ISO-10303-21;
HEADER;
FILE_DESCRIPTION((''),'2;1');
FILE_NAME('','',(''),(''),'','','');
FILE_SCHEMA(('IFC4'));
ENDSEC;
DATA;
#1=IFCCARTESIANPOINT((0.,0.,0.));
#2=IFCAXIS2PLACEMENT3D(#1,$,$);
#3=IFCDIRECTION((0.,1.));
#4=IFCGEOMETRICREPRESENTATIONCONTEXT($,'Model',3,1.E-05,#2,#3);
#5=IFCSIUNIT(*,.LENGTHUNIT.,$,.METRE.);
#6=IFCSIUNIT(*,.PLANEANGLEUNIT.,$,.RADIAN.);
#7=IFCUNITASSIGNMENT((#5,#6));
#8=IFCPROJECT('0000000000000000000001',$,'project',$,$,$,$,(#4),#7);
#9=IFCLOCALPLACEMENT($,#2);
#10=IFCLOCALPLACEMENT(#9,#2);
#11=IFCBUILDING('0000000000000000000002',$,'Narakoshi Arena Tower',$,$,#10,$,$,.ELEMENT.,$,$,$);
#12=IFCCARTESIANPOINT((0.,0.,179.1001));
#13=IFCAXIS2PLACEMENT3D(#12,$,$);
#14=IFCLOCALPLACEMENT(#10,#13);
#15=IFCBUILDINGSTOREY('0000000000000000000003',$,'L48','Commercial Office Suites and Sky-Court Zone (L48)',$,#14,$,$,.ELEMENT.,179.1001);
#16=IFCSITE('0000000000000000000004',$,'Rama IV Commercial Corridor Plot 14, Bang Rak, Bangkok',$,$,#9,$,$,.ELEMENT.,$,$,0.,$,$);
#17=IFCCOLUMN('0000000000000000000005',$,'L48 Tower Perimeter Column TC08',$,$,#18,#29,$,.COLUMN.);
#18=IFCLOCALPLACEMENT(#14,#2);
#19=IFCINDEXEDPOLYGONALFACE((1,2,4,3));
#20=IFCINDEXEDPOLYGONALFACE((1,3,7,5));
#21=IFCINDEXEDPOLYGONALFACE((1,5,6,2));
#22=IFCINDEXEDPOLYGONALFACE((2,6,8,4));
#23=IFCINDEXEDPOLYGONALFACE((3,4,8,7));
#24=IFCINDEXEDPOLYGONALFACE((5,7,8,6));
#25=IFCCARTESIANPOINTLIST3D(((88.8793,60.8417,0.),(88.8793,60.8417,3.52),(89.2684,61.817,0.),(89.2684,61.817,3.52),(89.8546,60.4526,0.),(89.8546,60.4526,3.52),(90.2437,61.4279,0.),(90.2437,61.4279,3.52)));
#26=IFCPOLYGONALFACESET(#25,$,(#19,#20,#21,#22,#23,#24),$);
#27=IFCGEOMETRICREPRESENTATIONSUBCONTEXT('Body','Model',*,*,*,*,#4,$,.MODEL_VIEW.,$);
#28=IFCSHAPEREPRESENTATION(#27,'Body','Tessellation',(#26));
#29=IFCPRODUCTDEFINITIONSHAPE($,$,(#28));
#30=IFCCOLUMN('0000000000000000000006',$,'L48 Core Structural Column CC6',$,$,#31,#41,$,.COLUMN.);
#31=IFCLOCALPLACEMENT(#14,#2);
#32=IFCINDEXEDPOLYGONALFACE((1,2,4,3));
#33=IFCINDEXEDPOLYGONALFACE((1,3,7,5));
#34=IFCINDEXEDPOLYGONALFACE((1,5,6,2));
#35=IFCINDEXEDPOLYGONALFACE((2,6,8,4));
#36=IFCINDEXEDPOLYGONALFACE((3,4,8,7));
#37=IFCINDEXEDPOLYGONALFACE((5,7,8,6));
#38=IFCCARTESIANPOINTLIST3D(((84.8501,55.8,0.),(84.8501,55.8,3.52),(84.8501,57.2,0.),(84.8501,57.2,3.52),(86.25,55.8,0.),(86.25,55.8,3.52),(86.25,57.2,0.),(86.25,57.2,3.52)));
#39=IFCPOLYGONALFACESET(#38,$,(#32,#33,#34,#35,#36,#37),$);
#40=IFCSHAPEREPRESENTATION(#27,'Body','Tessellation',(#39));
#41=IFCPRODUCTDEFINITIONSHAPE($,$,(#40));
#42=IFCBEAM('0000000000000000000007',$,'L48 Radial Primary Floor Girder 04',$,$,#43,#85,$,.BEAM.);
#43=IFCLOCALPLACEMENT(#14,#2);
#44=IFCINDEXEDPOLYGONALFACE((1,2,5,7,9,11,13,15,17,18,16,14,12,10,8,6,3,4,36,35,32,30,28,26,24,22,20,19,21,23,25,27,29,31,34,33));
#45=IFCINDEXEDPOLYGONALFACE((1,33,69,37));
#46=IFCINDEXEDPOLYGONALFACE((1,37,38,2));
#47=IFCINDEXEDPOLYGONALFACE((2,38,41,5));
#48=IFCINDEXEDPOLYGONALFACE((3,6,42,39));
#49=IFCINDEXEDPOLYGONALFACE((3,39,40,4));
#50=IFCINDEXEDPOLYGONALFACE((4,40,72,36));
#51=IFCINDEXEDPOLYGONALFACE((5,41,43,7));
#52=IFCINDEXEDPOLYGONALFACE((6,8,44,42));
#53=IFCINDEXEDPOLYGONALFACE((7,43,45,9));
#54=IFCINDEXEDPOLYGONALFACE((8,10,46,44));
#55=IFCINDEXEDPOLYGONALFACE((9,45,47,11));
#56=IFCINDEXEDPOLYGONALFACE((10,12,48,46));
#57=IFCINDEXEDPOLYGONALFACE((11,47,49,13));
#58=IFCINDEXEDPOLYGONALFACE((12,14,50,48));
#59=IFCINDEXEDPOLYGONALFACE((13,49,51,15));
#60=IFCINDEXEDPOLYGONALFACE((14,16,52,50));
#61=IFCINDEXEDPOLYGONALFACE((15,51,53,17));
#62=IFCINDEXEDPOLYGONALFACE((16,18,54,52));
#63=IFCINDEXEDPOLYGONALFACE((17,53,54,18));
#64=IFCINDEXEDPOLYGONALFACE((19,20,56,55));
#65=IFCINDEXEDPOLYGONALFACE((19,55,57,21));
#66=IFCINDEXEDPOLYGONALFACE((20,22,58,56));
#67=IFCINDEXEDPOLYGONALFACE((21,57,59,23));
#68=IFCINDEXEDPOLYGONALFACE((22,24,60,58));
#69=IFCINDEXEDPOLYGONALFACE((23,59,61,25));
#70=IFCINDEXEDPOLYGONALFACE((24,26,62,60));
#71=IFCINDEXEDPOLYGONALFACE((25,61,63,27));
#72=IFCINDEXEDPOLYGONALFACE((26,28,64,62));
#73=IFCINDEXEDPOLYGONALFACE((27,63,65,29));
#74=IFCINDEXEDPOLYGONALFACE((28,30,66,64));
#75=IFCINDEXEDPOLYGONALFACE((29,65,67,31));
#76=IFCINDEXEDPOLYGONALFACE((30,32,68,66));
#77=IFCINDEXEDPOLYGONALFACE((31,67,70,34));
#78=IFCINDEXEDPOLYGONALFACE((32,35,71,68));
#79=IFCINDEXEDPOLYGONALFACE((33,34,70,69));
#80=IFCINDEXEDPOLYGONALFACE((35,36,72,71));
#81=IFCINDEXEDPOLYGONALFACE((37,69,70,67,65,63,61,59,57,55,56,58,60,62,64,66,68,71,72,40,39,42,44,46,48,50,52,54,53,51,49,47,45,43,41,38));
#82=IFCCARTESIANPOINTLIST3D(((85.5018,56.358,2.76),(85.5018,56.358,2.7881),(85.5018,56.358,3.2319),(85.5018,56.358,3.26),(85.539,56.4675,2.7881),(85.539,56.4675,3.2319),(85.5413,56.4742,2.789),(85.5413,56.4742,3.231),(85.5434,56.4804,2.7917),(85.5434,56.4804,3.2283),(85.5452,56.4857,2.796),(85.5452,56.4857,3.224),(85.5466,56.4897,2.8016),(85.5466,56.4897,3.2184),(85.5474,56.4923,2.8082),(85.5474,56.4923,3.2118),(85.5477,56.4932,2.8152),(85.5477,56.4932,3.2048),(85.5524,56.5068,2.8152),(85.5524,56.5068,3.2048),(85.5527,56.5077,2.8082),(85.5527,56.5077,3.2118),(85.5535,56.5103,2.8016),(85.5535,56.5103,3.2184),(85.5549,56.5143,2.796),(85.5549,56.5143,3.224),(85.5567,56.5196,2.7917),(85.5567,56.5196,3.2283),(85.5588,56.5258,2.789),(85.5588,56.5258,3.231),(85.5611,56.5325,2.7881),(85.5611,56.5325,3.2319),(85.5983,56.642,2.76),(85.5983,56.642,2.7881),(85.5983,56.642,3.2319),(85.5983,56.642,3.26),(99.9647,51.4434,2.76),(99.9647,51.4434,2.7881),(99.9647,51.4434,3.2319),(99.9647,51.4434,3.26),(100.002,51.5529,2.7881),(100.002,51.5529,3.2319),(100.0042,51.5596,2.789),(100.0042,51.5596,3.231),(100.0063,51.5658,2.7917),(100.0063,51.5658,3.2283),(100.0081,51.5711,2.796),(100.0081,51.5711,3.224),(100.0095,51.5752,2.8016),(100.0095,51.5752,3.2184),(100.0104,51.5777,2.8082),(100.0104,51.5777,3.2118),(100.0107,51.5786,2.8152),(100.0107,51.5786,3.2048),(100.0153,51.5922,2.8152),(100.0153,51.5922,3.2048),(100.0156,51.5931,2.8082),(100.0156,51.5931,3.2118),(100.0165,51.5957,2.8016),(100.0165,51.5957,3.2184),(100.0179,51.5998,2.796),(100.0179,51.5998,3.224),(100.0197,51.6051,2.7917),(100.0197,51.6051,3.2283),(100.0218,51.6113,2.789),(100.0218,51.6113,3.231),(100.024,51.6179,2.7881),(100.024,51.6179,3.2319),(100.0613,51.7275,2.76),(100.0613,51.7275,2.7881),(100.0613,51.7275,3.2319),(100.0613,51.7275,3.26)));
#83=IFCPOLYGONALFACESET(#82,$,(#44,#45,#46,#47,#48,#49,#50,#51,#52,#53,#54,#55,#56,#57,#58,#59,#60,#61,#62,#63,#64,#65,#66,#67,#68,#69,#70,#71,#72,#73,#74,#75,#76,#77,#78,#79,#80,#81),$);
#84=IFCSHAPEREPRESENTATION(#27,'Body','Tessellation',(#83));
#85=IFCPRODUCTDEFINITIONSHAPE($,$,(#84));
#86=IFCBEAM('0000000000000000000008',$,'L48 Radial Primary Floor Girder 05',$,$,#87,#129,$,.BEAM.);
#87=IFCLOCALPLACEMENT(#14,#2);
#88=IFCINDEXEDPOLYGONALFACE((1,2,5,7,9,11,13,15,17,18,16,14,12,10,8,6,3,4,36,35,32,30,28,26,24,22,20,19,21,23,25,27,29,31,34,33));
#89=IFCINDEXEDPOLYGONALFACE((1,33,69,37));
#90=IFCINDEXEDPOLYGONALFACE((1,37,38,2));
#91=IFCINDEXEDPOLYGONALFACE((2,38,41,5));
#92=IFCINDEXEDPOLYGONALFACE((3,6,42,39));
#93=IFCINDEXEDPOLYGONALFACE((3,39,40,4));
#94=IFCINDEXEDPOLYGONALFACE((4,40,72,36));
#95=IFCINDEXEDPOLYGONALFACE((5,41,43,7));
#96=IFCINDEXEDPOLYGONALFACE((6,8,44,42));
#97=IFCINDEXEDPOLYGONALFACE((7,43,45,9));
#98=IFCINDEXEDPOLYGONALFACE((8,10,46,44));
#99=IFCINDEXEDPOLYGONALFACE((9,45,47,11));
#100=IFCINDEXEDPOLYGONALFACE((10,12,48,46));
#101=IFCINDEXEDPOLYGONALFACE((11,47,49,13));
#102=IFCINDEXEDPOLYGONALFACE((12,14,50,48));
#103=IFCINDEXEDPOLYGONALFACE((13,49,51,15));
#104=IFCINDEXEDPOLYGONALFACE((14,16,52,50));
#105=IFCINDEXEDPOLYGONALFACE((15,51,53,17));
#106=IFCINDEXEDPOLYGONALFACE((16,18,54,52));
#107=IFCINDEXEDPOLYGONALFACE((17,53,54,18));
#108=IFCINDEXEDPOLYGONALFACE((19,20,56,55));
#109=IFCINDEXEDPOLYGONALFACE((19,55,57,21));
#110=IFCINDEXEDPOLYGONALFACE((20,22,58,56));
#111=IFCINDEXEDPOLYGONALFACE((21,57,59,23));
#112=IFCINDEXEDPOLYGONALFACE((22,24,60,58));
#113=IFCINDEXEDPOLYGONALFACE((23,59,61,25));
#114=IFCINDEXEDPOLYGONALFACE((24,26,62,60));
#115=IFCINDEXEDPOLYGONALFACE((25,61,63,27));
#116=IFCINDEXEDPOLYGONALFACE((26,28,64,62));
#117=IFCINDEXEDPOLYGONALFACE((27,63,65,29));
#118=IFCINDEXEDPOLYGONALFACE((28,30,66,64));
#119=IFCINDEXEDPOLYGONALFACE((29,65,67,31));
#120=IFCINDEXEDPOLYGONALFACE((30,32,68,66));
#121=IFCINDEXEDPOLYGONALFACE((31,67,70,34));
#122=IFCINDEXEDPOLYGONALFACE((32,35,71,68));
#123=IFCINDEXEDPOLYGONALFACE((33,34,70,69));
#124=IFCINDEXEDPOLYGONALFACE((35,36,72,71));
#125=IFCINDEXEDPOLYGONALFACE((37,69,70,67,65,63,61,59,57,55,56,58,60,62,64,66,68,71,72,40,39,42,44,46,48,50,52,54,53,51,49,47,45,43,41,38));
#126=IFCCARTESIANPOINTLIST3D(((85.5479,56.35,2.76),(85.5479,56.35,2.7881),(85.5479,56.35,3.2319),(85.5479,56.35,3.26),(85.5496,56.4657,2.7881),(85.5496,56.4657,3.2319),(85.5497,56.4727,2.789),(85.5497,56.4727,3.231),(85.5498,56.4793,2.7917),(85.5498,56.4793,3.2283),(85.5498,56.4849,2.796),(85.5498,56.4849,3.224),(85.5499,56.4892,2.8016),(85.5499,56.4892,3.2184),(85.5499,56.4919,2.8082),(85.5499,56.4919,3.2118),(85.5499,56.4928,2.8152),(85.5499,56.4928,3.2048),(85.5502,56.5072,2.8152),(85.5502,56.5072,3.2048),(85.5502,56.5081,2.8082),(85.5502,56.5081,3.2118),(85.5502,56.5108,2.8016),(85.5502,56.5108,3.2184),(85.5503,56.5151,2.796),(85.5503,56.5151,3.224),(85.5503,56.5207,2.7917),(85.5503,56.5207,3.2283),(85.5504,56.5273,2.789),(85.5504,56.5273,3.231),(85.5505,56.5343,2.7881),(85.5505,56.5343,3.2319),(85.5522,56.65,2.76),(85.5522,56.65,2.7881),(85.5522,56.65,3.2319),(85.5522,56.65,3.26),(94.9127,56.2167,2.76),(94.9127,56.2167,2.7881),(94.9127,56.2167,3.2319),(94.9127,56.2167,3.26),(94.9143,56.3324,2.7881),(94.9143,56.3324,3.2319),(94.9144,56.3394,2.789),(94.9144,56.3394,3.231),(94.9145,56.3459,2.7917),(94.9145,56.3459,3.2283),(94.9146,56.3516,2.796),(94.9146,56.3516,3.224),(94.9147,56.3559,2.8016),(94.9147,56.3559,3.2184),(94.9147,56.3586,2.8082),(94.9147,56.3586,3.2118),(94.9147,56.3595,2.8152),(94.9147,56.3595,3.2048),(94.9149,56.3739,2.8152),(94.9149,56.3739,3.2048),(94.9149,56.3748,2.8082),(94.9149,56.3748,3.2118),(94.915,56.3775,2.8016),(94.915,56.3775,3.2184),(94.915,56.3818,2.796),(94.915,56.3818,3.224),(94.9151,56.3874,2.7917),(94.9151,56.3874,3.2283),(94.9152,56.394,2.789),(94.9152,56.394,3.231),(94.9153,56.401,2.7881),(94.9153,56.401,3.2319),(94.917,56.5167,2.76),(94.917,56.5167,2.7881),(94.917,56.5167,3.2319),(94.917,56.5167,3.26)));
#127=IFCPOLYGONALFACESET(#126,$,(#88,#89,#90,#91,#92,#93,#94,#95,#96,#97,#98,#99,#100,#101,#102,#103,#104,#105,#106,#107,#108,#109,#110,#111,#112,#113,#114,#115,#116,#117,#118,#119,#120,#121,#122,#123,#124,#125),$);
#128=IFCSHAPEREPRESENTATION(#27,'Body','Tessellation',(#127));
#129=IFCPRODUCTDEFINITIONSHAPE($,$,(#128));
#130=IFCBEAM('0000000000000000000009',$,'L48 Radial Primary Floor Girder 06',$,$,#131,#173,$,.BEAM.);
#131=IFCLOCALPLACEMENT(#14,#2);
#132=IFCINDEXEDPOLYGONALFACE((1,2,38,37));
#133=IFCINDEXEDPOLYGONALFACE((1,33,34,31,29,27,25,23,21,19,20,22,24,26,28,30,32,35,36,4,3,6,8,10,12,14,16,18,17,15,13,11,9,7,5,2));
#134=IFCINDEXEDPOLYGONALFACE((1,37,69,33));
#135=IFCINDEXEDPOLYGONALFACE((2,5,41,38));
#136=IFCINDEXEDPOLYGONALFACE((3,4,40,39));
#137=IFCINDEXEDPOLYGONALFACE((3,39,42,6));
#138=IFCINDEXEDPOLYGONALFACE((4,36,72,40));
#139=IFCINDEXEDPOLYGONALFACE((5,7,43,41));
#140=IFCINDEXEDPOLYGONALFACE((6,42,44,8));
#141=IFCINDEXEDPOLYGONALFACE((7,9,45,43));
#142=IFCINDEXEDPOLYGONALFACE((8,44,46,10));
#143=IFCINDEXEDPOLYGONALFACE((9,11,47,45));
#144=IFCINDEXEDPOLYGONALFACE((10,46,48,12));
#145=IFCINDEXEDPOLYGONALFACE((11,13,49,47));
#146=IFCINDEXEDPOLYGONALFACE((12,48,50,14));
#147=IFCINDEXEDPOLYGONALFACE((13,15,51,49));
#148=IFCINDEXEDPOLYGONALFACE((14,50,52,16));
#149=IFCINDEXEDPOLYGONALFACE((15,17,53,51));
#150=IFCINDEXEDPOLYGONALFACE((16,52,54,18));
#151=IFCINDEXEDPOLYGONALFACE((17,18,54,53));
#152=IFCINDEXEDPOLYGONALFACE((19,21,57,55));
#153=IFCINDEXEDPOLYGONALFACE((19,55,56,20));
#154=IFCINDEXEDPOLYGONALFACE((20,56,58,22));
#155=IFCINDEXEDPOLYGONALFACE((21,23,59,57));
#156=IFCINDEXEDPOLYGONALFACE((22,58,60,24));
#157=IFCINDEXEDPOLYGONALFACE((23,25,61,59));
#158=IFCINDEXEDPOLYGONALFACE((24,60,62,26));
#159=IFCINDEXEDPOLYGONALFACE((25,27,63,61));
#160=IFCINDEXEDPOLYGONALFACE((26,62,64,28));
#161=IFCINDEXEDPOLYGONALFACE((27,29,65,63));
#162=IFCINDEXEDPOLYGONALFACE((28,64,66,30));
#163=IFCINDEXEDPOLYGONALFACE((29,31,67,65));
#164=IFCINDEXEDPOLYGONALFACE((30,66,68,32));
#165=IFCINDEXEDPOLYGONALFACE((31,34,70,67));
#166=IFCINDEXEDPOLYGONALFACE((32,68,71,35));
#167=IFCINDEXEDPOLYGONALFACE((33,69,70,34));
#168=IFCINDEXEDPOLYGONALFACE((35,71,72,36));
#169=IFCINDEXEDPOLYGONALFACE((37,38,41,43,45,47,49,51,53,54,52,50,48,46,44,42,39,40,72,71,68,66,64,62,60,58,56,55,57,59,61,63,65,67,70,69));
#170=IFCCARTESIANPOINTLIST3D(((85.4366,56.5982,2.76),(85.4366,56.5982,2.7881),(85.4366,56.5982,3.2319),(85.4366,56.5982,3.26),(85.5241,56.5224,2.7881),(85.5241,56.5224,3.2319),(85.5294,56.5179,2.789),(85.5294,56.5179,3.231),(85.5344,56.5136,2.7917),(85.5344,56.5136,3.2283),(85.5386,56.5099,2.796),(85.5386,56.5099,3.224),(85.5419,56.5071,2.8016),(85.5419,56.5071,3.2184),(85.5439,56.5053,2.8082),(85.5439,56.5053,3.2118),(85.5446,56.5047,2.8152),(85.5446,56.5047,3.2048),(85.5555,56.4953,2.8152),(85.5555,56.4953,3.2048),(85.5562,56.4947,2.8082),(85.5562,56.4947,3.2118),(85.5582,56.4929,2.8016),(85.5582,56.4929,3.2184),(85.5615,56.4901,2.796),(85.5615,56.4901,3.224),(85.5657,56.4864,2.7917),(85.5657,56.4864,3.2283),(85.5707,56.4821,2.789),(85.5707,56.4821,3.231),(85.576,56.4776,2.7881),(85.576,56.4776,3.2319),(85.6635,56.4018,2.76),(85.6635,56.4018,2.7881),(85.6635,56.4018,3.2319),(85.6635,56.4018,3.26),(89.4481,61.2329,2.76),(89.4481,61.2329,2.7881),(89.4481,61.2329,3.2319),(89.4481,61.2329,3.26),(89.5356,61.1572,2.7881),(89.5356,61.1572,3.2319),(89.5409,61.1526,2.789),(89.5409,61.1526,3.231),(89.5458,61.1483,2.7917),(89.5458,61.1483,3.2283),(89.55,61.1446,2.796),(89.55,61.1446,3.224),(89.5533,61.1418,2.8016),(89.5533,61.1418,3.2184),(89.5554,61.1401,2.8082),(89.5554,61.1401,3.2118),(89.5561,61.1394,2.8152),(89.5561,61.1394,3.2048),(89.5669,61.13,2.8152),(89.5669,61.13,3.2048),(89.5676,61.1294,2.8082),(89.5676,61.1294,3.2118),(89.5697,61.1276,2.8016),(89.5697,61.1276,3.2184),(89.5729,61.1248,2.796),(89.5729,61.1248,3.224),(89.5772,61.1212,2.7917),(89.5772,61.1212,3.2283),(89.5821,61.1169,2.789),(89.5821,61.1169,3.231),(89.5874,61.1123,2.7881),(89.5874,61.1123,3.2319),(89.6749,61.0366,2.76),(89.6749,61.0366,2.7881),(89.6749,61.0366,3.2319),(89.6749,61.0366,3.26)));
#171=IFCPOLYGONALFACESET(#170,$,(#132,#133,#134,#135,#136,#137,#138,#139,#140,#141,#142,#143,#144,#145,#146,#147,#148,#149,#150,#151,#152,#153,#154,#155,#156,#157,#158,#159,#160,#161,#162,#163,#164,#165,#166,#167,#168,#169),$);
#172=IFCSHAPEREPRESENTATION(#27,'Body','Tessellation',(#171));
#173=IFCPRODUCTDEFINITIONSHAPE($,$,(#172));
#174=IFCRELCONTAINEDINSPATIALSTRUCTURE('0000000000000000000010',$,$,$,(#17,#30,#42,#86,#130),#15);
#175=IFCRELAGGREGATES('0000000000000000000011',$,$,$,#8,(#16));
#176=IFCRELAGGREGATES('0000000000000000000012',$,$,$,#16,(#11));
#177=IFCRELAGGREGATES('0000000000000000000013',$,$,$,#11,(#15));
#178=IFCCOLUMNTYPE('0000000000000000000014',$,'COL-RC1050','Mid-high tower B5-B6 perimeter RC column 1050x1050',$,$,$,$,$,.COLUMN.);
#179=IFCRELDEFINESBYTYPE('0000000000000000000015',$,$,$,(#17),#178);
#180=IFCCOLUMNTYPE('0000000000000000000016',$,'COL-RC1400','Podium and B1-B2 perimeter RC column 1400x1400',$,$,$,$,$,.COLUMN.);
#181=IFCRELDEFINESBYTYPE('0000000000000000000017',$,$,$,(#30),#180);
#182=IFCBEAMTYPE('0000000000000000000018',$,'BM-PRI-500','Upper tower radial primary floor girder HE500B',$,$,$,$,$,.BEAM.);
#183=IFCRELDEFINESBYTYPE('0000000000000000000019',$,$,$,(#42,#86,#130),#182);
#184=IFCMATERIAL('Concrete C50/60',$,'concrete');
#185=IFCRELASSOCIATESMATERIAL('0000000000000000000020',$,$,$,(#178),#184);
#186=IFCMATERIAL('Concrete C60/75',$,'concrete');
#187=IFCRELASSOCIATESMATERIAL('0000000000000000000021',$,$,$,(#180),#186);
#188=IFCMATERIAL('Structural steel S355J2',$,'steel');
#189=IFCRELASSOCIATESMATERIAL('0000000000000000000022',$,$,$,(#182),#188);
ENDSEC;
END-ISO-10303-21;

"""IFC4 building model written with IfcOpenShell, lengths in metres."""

from ifc_helpers import new_model, si_unit, direction, frame, origin, origin_2d, place, context, subcontext, project, spatial, rectangle, i_section, extrude, material, material_profile, profile_set, type_object, element, save


model = new_model("IFC4")

# Units and contexts
model_context = context("Model", 3, precision=1e-05, world=origin(), true_north=direction((0.0, 1.0)))
body_context = subcontext(model_context, "Body", "Model", "MODEL_VIEW")
ifc_project = project(units=[si_unit("LENGTHUNIT", "METRE"), si_unit("PLANEANGLEUNIT", "RADIAN")], contexts=[model_context])

# Site, building, storey
site_placement = place(None, origin())
site = spatial("IfcSite", under=ifc_project, at=site_placement, Name="Rama IV Commercial Corridor Plot 14, Bang Rak, Bangkok", CompositionType="ELEMENT", RefElevation=0.0)
building_placement = place(site_placement, origin())
building = spatial("IfcBuilding", under=site, at=building_placement, Name="Narakoshi Arena Tower", CompositionType="ELEMENT")
storey_placement = place(building_placement, frame((0.0, 0.0, 179.1001)))
storey = spatial("IfcBuildingStorey", under=building, at=storey_placement, Name="L48", Description="Commercial Office Suites and Sky-Court Zone (L48)", CompositionType="ELEMENT", Elevation=179.1001)

# Columns
ifc_material_1 = material(Name="Concrete C50/60", Category="concrete")
ifc_material_profile_1 = material_profile(ifc_material_1, rectangle(XDim=1.05, YDim=1.05, at=origin_2d()), Name="RC1050x1050")
ifc_profile_set_1 = profile_set([ifc_material_profile_1], Name="Concrete C50/60")
column_type_1 = type_object("IfcColumnType", Name="COL-RC1050", Description="Mid-high tower B5-B6 perimeter RC column 1050x1050", PredefinedType="COLUMN", material=ifc_profile_set_1)
column_1_placement = place(storey_placement, frame((89.5615, 61.1348, 0.0), z_axis=(0.0, 0.0, 1.0), x_axis=(0.370557, 0.92881, 0.0)))
element("IfcColumn", 1, at=column_1_placement, inside=storey, type_object=column_type_1, Name="L48 Tower Perimeter Column TC08", PredefinedType="COLUMN", context=body_context, shape_type="SweptSolid", body=[
    extrude(rectangle(XDim=1.05, YDim=1.05, at=origin_2d()), origin(), (0.0, 0.0, 1.0), 3.52),
])
ifc_material_2 = material(Name="Concrete C60/75", Category="concrete")
ifc_material_profile_2 = material_profile(ifc_material_2, rectangle(XDim=1.3999, YDim=1.3999, at=origin_2d()), Name="RC1400x1400")
ifc_profile_set_2 = profile_set([ifc_material_profile_2], Name="Concrete C60/75")
column_type_2 = type_object("IfcColumnType", Name="COL-RC1400", Description="Podium and B1-B2 perimeter RC column 1400x1400", PredefinedType="COLUMN", material=ifc_profile_set_2)
column_2_placement = place(storey_placement, frame((85.55, 56.5, 0.0), z_axis=(0.0, 0.0, 1.0), x_axis=(1.0, 0.0, 0.0)))
element("IfcColumn", 2, at=column_2_placement, inside=storey, type_object=column_type_2, Name="L48 Core Structural Column CC6", PredefinedType="COLUMN", context=body_context, shape_type="SweptSolid", body=[
    extrude(rectangle(XDim=1.3999, YDim=1.3999, at=origin_2d()), origin(), (0.0, 0.0, 1.0), 3.52),
])

# Beams
ifc_material_3 = material(Name="Structural steel S355J2", Category="steel")
ifc_material_profile_3 = material_profile(ifc_material_3, i_section(OverallWidth=0.3, OverallDepth=0.5, WebThickness=0.0144, FlangeThickness=0.0281, FilletRadius=0.0271, at=origin_2d()), Name="HE500B")
ifc_profile_set_3 = profile_set([ifc_material_profile_3], Name="Structural steel S355J2")
beam_type_1 = type_object("IfcBeamType", Name="BM-PRI-500", Description="Upper tower radial primary floor girder HE500B", PredefinedType="BEAM", material=ifc_profile_set_3)
beam_1_placement = place(storey_placement, frame((85.55, 56.5, 3.01), z_axis=(0.946829, -0.321737, 0.0), x_axis=(0.321737, 0.946829, 0.0)))
element("IfcBeam", 3, at=beam_1_placement, inside=storey, type_object=beam_type_1, Name="L48 Radial Primary Floor Girder 04", PredefinedType="BEAM", context=body_context, shape_type="SweptSolid", body=[
    extrude(i_section(OverallWidth=0.3, OverallDepth=0.5, WebThickness=0.0144, FlangeThickness=0.0281, FilletRadius=0.0271, at=origin_2d()), origin(), (0.0, 0.0, 1.0), 15.2751),
])
beam_2_placement = place(storey_placement, frame((85.55, 56.5, 3.01), z_axis=(0.999899, -0.014233, 0.0), x_axis=(0.014233, 0.999899, 0.0)))
element("IfcBeam", 4, at=beam_2_placement, inside=storey, type_object=beam_type_1, Name="L48 Radial Primary Floor Girder 05", PredefinedType="BEAM", context=body_context, shape_type="SweptSolid", body=[
    extrude(i_section(OverallWidth=0.3, OverallDepth=0.5, WebThickness=0.0144, FlangeThickness=0.0281, FilletRadius=0.0271, at=origin_2d()), origin(), (0.0, 0.0, 1.0), 9.3657),
])
beam_3_placement = place(storey_placement, frame((85.55, 56.5, 3.01), z_axis=(0.654435, 0.756119, 0.0), x_axis=(-0.756119, 0.654435, 0.0)))
element("IfcBeam", 5, at=beam_3_placement, inside=storey, type_object=beam_type_1, Name="L48 Radial Primary Floor Girder 06", PredefinedType="BEAM", context=body_context, shape_type="SweptSolid", body=[
    extrude(i_section(OverallWidth=0.3, OverallDepth=0.5, WebThickness=0.0144, FlangeThickness=0.0281, FilletRadius=0.0271, at=origin_2d()), origin(), (0.0, 0.0, 1.0), 6.1296),
])

save(model, "model.ifc")
